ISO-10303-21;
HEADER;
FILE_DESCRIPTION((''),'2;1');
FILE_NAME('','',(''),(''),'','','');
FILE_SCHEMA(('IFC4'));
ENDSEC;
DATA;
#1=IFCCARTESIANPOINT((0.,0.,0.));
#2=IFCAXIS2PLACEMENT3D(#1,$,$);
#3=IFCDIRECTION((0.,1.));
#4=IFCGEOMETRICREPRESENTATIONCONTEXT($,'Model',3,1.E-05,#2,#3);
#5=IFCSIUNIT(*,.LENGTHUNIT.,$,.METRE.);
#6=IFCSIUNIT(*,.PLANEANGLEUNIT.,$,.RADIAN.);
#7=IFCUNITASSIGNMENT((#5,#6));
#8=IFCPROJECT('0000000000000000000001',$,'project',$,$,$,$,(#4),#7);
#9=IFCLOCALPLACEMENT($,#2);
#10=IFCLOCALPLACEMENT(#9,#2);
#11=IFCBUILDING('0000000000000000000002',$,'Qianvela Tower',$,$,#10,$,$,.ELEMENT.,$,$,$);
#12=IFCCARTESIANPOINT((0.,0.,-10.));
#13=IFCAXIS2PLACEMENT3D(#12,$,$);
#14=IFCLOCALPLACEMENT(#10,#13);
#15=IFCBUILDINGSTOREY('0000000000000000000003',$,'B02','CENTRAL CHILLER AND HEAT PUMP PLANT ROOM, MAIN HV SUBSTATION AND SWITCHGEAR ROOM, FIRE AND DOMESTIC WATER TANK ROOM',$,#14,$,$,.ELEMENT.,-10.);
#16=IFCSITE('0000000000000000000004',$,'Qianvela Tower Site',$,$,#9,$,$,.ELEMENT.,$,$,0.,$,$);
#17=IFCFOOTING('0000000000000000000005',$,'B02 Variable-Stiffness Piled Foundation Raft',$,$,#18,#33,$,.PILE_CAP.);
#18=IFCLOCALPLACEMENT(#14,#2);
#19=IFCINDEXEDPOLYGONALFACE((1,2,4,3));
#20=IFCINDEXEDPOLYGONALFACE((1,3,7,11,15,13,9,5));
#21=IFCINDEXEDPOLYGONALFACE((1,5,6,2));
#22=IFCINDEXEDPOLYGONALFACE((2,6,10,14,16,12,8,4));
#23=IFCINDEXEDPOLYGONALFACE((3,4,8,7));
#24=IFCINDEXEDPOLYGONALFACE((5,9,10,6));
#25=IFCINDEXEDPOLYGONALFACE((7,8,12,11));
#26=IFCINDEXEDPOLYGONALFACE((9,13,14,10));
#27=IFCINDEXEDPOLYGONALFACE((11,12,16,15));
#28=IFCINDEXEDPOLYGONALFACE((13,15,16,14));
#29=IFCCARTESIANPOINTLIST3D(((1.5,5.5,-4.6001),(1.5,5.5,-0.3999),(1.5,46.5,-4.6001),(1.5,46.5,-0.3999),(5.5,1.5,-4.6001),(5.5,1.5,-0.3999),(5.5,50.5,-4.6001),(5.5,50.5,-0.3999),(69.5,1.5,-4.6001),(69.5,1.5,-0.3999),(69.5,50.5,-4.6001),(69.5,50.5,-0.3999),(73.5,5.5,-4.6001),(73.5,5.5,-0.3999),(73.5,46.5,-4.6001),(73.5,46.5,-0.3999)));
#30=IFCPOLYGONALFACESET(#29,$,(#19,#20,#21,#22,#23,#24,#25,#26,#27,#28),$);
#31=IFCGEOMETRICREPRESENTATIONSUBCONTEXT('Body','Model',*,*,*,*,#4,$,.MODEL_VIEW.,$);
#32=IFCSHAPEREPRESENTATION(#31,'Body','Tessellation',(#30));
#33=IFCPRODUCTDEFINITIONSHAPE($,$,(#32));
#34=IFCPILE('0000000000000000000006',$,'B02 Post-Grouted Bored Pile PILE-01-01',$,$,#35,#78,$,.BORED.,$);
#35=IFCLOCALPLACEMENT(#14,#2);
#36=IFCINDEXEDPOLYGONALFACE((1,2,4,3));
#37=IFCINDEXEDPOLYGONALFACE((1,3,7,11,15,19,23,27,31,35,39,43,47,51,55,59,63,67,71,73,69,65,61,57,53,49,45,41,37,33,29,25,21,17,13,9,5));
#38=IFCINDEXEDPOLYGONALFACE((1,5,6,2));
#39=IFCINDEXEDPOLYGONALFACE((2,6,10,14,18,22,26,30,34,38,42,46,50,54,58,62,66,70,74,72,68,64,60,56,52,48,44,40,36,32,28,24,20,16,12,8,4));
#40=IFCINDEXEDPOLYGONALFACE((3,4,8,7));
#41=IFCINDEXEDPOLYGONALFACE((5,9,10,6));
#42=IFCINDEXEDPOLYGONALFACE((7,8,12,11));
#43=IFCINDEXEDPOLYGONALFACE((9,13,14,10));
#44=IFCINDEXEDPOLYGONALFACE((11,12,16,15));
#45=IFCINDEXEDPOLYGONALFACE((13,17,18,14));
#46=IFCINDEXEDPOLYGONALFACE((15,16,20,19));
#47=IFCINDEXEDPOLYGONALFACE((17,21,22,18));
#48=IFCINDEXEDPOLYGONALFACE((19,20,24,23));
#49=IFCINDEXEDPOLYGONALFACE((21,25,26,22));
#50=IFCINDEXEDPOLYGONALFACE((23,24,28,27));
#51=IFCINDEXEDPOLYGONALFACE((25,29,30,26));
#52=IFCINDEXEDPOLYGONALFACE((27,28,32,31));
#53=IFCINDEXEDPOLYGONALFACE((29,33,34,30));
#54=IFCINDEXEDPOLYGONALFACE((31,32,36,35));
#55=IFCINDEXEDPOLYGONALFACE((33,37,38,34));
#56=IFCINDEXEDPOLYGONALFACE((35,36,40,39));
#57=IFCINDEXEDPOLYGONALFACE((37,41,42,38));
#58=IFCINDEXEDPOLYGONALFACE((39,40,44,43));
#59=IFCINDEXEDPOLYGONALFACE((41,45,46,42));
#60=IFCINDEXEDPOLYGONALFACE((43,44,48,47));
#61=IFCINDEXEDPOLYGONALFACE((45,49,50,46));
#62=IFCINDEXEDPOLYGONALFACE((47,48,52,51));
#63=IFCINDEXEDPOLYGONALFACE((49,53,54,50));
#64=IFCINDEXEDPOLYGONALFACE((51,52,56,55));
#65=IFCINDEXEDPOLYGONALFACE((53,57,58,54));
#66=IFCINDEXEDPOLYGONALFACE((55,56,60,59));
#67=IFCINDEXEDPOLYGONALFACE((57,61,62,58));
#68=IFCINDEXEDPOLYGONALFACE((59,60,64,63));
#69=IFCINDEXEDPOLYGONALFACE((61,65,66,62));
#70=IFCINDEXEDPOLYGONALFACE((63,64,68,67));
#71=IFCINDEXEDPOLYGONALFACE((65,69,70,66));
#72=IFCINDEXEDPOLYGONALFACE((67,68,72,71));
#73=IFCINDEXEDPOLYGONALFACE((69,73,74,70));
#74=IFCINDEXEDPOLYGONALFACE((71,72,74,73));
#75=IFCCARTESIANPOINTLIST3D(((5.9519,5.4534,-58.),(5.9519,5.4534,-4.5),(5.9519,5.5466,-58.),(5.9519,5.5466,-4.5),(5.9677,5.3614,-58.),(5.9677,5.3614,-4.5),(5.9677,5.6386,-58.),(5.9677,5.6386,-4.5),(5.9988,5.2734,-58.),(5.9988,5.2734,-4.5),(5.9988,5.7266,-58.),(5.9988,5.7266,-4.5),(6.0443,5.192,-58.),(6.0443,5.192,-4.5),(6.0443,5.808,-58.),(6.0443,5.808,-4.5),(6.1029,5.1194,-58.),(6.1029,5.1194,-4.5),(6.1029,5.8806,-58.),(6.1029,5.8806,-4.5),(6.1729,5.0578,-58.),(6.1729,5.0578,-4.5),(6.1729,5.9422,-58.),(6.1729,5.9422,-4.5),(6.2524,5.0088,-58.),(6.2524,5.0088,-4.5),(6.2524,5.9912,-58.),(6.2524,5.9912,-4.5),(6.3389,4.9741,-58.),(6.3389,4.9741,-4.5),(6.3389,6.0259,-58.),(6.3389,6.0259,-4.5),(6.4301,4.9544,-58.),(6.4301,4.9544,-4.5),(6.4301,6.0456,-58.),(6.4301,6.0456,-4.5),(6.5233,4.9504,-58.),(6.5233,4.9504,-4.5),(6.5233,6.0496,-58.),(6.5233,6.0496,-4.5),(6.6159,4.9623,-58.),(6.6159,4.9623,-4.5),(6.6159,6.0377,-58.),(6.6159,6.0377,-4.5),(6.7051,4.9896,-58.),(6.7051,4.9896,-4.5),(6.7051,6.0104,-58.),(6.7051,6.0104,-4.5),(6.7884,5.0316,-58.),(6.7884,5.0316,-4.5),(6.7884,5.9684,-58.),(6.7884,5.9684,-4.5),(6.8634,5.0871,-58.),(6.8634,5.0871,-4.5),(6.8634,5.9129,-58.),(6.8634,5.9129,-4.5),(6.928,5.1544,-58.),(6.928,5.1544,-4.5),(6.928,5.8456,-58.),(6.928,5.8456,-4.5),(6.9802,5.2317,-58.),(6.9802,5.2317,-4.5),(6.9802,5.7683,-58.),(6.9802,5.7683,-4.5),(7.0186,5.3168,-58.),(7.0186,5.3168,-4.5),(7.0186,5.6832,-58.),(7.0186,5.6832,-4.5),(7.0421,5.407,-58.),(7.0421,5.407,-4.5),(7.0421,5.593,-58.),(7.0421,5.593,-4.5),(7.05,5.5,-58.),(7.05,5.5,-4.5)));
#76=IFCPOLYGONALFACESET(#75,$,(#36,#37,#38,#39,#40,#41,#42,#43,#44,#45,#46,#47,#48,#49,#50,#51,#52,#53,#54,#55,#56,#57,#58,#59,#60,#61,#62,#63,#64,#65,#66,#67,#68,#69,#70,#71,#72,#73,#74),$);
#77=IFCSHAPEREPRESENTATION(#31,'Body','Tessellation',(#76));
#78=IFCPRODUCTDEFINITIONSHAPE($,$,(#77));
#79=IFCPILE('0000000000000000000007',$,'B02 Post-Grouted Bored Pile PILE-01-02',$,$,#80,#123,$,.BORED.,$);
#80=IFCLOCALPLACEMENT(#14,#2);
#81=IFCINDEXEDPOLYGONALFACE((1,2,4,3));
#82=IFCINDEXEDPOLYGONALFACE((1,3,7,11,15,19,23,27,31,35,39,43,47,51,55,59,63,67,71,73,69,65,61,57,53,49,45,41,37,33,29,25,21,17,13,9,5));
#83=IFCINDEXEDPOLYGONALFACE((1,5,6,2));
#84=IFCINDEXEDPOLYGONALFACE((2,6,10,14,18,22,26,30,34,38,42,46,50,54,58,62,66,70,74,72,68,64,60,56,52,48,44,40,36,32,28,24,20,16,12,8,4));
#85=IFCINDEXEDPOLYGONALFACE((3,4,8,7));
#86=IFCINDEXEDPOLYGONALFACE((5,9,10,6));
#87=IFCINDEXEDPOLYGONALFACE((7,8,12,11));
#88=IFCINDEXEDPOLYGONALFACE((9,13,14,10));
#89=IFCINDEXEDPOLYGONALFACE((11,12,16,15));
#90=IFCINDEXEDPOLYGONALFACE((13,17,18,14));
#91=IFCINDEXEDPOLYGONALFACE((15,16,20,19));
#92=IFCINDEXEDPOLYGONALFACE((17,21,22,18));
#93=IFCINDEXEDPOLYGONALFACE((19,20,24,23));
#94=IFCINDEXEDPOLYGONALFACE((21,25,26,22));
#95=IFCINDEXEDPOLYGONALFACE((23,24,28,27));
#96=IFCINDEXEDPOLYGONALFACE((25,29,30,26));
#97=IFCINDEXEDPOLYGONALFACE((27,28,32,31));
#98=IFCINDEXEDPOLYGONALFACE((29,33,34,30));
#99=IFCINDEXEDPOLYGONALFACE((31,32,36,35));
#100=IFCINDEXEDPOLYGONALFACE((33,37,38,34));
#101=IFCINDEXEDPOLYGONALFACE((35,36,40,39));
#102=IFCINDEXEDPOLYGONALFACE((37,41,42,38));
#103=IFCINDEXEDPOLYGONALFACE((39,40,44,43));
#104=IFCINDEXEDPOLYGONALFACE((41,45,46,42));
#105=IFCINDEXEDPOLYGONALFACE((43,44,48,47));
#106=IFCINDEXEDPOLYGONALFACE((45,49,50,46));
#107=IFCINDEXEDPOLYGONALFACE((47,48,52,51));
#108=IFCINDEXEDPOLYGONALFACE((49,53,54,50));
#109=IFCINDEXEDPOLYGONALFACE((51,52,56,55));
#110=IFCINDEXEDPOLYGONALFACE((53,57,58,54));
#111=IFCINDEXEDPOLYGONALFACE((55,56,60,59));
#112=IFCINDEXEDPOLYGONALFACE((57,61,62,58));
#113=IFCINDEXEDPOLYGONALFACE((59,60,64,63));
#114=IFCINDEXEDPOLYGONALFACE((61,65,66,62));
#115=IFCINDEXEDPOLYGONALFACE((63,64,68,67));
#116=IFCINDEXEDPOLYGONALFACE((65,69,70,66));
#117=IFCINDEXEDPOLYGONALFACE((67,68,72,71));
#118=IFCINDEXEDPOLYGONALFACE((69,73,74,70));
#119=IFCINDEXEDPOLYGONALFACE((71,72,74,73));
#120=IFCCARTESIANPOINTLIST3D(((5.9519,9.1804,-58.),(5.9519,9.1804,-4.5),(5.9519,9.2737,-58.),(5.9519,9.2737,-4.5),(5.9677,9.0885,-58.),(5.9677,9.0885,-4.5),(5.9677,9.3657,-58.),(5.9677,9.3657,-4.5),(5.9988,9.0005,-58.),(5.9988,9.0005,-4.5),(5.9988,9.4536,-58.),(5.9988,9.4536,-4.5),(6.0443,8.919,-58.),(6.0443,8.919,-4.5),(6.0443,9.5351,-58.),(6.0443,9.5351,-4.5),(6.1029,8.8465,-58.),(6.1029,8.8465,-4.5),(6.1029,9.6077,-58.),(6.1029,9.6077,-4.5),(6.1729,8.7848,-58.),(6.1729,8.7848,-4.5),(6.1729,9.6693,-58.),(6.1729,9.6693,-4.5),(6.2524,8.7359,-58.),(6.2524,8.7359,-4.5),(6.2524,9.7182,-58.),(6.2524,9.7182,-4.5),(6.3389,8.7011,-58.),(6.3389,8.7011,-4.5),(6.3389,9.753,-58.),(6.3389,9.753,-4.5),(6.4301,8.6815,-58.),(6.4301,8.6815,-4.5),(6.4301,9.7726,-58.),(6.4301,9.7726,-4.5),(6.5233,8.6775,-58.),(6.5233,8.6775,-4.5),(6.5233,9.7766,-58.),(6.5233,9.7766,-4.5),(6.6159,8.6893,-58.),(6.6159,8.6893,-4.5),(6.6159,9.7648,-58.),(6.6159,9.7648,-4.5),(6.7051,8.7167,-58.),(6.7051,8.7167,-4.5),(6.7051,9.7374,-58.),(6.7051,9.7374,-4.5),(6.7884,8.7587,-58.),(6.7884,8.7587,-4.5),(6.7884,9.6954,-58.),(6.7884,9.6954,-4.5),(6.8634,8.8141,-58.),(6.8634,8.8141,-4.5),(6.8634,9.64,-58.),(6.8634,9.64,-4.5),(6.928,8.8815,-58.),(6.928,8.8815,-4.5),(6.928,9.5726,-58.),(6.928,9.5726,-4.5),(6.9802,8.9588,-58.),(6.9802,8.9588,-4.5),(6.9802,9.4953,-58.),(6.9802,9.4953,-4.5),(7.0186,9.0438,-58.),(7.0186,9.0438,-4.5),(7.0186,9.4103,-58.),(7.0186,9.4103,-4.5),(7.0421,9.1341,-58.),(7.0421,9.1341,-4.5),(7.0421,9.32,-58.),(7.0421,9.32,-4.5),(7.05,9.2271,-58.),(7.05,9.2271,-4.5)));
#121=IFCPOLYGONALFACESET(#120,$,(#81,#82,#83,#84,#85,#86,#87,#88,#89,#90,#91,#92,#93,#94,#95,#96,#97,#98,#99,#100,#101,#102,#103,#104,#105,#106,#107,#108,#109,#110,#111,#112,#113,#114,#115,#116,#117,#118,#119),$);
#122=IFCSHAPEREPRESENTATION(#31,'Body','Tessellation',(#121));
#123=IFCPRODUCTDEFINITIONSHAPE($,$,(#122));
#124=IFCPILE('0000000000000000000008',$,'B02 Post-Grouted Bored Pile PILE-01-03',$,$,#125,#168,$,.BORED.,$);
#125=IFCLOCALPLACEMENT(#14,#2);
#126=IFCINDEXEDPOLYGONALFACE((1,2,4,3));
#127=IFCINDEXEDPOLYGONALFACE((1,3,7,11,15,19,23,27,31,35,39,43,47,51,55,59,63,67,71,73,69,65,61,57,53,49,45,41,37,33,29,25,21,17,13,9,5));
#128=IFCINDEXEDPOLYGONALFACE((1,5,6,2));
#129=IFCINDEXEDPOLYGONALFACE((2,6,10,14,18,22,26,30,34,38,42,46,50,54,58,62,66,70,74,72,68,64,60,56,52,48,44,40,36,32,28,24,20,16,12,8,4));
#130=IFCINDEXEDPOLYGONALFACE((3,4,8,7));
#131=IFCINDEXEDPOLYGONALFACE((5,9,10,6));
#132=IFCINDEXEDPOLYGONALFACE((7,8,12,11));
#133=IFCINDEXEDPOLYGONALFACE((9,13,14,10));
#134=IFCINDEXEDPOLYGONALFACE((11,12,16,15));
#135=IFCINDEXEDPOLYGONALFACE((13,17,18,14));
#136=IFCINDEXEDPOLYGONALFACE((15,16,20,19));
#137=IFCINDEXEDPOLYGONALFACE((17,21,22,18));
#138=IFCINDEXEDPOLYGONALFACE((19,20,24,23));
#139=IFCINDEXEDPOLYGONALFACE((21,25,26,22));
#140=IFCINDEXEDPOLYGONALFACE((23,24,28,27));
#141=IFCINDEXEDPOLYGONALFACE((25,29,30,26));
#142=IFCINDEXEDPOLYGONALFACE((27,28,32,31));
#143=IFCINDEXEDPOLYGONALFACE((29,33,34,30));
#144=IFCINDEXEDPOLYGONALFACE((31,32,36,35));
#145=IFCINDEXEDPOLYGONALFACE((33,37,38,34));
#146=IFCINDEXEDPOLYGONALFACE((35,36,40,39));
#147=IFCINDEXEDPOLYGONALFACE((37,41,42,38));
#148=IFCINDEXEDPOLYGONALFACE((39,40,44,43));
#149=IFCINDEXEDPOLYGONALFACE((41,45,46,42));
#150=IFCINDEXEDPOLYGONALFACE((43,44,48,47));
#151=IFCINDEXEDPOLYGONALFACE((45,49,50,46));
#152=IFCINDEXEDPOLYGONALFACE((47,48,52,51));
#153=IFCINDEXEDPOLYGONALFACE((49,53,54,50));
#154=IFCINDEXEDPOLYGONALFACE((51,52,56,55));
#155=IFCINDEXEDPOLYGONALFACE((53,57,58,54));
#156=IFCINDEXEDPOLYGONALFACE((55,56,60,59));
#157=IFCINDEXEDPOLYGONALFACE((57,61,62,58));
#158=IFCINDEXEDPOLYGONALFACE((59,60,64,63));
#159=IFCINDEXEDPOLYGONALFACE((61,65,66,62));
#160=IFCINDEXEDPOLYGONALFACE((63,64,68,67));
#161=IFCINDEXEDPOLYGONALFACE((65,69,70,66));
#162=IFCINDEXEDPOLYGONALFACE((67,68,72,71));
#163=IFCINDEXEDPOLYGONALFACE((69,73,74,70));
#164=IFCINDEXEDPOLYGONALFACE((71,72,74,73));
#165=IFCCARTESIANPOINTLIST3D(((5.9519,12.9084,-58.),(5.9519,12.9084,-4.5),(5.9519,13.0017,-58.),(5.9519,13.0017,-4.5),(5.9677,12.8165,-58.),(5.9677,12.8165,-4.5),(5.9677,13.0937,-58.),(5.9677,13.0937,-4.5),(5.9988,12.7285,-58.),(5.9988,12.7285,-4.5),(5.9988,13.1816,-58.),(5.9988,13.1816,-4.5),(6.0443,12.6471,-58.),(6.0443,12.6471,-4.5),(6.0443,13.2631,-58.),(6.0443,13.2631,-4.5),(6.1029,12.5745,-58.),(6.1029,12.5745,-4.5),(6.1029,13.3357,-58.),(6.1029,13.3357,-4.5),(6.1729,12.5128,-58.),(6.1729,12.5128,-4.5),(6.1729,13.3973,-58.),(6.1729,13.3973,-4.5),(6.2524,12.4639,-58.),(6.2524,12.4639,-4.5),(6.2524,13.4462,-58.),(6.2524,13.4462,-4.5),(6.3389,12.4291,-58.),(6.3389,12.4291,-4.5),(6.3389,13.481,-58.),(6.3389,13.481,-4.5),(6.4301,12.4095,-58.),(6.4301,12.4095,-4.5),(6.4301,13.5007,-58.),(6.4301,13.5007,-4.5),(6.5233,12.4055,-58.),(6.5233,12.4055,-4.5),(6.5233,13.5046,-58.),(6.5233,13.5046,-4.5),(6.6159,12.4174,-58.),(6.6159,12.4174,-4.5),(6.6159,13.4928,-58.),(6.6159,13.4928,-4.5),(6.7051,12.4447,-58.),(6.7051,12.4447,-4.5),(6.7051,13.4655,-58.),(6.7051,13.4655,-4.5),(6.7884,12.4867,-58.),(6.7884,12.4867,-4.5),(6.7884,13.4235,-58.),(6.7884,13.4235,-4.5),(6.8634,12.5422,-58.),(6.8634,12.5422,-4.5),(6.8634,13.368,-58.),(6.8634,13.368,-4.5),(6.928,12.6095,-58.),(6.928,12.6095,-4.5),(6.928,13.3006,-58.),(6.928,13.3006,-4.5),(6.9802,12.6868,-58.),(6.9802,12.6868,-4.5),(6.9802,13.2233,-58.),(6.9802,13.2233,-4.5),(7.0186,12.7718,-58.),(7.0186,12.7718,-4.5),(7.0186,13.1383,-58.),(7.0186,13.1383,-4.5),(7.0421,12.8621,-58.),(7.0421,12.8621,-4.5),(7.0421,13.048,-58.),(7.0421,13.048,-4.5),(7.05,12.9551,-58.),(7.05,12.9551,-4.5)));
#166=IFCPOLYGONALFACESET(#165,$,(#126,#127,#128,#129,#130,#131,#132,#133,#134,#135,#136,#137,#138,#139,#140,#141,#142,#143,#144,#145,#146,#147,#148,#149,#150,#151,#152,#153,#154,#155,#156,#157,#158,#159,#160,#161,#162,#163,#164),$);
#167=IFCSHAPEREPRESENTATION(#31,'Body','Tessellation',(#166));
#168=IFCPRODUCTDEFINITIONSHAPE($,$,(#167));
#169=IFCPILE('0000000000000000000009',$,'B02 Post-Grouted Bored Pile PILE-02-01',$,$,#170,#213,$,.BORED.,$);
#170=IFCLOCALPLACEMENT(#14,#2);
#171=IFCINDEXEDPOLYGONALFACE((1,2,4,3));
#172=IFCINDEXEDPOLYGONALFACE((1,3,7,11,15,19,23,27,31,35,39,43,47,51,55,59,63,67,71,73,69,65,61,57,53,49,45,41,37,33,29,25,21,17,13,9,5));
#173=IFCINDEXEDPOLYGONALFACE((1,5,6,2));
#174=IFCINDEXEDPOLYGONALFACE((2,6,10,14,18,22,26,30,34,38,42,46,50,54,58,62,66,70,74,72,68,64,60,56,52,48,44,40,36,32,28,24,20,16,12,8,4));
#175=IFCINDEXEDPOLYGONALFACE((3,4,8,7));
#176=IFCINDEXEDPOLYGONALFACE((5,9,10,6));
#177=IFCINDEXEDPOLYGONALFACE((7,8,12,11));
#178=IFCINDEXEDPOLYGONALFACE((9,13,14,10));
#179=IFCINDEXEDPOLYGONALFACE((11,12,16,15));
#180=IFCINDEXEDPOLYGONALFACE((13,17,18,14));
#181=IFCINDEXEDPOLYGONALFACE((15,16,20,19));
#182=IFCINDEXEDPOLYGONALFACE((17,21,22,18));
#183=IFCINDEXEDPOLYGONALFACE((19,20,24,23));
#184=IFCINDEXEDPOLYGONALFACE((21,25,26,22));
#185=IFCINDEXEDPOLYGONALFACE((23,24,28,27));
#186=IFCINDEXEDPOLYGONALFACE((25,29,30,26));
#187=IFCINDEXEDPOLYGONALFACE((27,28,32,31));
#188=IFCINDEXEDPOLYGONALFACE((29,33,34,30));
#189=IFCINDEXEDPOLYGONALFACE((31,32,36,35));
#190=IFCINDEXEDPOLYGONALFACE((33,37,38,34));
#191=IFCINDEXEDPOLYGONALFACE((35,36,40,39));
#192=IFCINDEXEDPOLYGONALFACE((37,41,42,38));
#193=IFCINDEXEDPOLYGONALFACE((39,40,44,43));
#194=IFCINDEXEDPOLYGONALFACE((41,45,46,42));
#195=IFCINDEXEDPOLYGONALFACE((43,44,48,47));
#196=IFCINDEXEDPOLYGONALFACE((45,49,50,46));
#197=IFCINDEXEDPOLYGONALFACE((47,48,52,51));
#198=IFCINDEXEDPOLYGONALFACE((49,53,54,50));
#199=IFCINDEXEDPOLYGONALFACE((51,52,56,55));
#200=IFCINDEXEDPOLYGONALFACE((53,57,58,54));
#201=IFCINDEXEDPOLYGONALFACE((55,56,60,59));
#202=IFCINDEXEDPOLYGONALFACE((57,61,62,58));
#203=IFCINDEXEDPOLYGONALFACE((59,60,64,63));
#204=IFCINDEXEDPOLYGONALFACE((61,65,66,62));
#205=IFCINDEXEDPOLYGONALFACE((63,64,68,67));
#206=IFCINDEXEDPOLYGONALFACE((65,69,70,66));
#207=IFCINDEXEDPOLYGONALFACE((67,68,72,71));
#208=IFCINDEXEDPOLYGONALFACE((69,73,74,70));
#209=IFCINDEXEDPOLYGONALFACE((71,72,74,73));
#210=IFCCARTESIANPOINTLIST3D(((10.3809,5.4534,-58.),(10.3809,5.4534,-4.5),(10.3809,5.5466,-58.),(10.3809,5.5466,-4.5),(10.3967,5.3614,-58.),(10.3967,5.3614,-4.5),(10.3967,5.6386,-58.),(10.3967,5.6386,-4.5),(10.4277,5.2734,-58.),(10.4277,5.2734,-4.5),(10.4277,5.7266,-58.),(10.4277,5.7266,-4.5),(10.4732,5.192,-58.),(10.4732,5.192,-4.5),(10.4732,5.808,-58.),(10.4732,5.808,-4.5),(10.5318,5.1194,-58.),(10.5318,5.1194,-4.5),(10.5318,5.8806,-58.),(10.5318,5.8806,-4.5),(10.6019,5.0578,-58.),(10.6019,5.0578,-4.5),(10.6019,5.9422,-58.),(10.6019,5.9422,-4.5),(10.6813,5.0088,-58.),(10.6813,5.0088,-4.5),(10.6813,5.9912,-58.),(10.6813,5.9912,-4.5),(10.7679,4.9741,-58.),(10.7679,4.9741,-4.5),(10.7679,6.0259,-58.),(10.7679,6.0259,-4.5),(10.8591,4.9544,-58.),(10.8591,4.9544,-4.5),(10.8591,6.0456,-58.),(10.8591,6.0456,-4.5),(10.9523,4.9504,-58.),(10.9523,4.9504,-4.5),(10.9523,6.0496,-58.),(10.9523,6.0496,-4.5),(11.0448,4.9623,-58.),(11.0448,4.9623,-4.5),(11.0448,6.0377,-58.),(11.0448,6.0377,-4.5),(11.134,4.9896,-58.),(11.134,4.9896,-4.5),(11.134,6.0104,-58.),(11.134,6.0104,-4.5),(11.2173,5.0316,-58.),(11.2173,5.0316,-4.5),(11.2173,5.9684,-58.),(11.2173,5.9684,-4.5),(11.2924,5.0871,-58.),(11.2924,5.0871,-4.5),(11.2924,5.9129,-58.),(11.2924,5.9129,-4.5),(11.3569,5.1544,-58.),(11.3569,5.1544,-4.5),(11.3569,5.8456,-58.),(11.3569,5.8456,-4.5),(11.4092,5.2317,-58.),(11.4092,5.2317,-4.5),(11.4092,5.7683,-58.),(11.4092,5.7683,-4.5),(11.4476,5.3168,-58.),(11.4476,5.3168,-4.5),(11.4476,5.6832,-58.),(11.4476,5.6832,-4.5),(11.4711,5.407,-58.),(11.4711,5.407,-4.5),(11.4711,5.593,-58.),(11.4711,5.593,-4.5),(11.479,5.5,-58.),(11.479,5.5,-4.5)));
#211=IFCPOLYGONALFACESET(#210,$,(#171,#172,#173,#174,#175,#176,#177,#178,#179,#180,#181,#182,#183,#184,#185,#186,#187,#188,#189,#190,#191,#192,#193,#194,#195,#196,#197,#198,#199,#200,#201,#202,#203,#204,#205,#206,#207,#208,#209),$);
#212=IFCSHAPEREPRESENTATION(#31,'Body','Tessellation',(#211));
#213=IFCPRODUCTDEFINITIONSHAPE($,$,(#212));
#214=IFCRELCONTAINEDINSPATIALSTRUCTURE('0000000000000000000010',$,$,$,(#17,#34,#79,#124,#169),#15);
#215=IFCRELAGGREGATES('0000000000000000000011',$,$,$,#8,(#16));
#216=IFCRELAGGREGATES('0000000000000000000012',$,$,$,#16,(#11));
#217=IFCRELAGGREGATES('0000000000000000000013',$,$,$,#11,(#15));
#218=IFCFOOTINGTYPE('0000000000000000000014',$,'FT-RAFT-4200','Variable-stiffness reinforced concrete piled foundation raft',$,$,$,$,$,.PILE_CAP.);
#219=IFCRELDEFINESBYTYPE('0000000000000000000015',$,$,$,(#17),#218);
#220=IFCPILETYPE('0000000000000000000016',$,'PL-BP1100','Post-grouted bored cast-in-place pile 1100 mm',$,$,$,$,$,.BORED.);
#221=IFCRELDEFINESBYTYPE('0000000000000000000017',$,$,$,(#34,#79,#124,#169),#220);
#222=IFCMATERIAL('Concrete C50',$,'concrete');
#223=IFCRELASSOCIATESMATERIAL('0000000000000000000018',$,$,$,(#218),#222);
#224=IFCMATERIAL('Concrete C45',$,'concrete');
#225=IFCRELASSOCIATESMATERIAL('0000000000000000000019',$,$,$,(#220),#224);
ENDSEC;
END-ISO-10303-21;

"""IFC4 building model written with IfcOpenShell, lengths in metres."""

from ifc_helpers import new_model, si_unit, direction, frame, origin, origin_2d, place, context, subcontext, project, spatial, polyline, circle, outline, extrude, material, material_profile, profile_set, type_object, element, save


model = new_model("IFC4")

# Units and contexts
model_context = context("Model", 3, precision=1e-05, world=origin(), true_north=direction((0.0, 1.0)))
body_context = subcontext(model_context, "Body", "Model", "MODEL_VIEW")
ifc_project = project(units=[si_unit("LENGTHUNIT", "METRE"), si_unit("PLANEANGLEUNIT", "RADIAN")], contexts=[model_context])

# Site, building, storey
site_placement = place(None, origin())
site = spatial("IfcSite", under=ifc_project, at=site_placement, Name="Qianvela Tower Site", CompositionType="ELEMENT", RefElevation=0.0)
building_placement = place(site_placement, origin())
building = spatial("IfcBuilding", under=site, at=building_placement, Name="Qianvela Tower", CompositionType="ELEMENT")
storey_placement = place(building_placement, frame((0.0, 0.0, -10.0)))
storey = spatial("IfcBuildingStorey", under=building, at=storey_placement, Name="B02", Description="CENTRAL CHILLER AND HEAT PUMP PLANT ROOM, MAIN HV SUBSTATION AND SWITCHGEAR ROOM, FIRE AND DOMESTIC WATER TANK ROOM", CompositionType="ELEMENT", Elevation=-10.0)

# Footing
ifc_material_1 = material(Name="Concrete C50", Category="concrete")
footing_type = type_object("IfcFootingType", Name="FT-RAFT-4200", Description="Variable-stiffness reinforced concrete piled foundation raft", PredefinedType="PILE_CAP", material=ifc_material_1)
footing_placement = place(storey_placement, frame((0.0, 0.0, -4.6001)))
element("IfcFooting", 1, at=footing_placement, inside=storey, type_object=footing_type, Name="B02 Variable-Stiffness Piled Foundation Raft", PredefinedType="PILE_CAP", context=body_context, shape_type="SweptSolid", body=[
    extrude(outline(polyline([(5.5, 1.5), (69.5, 1.5), (73.5, 5.5), (73.5, 46.5), (69.5, 50.5), (5.5, 50.5), (1.5, 46.5), (1.5, 5.5), (5.5, 1.5)])), origin(), (0.0, 0.0, 1.0), 4.2002),
])

# Piles
ifc_material_2 = material(Name="Concrete C45", Category="concrete")
ifc_material_profile_1 = material_profile(ifc_material_2, circle(Radius=0.55, at=origin_2d()), Name="BP-1100")
ifc_profile_set_1 = profile_set([ifc_material_profile_1], Name="Concrete C45")
pile_type_1 = type_object("IfcPileType", Name="PL-BP1100", Description="Post-grouted bored cast-in-place pile 1100 mm", PredefinedType="BORED", material=ifc_profile_set_1)
for number, where, z_axis, x_axis, name in (
    (2, (6.5, 5.5, -4.5), (0.0, 0.0, -1.0), (1.0, 0.0, 0.0), "B02 Post-Grouted Bored Pile PILE-01-01"),
    (3, (6.5, 9.2271, -4.5), (0.0, 0.0, -1.0), (1.0, 0.0, 0.0), "B02 Post-Grouted Bored Pile PILE-01-02"),
    (4, (6.5, 12.9551, -4.5), (0.0, 0.0, -1.0), (1.0, 0.0, 0.0), "B02 Post-Grouted Bored Pile PILE-01-03"),
    (5, (10.929, 5.5, -4.5), (0.0, 0.0, -1.0), (1.0, 0.0, 0.0), "B02 Post-Grouted Bored Pile PILE-02-01"),
):
    element("IfcPile", number, at=place(storey_placement, frame(where, z_axis=z_axis, x_axis=x_axis)), inside=storey, type_object=pile_type_1, Name=name, PredefinedType="BORED", context=body_context, shape_type="SweptSolid", body=[
        extrude(circle(Radius=0.55, at=origin_2d()), origin(), (0.0, 0.0, 1.0), 53.5),
    ])

save(model, "model.ifc")
